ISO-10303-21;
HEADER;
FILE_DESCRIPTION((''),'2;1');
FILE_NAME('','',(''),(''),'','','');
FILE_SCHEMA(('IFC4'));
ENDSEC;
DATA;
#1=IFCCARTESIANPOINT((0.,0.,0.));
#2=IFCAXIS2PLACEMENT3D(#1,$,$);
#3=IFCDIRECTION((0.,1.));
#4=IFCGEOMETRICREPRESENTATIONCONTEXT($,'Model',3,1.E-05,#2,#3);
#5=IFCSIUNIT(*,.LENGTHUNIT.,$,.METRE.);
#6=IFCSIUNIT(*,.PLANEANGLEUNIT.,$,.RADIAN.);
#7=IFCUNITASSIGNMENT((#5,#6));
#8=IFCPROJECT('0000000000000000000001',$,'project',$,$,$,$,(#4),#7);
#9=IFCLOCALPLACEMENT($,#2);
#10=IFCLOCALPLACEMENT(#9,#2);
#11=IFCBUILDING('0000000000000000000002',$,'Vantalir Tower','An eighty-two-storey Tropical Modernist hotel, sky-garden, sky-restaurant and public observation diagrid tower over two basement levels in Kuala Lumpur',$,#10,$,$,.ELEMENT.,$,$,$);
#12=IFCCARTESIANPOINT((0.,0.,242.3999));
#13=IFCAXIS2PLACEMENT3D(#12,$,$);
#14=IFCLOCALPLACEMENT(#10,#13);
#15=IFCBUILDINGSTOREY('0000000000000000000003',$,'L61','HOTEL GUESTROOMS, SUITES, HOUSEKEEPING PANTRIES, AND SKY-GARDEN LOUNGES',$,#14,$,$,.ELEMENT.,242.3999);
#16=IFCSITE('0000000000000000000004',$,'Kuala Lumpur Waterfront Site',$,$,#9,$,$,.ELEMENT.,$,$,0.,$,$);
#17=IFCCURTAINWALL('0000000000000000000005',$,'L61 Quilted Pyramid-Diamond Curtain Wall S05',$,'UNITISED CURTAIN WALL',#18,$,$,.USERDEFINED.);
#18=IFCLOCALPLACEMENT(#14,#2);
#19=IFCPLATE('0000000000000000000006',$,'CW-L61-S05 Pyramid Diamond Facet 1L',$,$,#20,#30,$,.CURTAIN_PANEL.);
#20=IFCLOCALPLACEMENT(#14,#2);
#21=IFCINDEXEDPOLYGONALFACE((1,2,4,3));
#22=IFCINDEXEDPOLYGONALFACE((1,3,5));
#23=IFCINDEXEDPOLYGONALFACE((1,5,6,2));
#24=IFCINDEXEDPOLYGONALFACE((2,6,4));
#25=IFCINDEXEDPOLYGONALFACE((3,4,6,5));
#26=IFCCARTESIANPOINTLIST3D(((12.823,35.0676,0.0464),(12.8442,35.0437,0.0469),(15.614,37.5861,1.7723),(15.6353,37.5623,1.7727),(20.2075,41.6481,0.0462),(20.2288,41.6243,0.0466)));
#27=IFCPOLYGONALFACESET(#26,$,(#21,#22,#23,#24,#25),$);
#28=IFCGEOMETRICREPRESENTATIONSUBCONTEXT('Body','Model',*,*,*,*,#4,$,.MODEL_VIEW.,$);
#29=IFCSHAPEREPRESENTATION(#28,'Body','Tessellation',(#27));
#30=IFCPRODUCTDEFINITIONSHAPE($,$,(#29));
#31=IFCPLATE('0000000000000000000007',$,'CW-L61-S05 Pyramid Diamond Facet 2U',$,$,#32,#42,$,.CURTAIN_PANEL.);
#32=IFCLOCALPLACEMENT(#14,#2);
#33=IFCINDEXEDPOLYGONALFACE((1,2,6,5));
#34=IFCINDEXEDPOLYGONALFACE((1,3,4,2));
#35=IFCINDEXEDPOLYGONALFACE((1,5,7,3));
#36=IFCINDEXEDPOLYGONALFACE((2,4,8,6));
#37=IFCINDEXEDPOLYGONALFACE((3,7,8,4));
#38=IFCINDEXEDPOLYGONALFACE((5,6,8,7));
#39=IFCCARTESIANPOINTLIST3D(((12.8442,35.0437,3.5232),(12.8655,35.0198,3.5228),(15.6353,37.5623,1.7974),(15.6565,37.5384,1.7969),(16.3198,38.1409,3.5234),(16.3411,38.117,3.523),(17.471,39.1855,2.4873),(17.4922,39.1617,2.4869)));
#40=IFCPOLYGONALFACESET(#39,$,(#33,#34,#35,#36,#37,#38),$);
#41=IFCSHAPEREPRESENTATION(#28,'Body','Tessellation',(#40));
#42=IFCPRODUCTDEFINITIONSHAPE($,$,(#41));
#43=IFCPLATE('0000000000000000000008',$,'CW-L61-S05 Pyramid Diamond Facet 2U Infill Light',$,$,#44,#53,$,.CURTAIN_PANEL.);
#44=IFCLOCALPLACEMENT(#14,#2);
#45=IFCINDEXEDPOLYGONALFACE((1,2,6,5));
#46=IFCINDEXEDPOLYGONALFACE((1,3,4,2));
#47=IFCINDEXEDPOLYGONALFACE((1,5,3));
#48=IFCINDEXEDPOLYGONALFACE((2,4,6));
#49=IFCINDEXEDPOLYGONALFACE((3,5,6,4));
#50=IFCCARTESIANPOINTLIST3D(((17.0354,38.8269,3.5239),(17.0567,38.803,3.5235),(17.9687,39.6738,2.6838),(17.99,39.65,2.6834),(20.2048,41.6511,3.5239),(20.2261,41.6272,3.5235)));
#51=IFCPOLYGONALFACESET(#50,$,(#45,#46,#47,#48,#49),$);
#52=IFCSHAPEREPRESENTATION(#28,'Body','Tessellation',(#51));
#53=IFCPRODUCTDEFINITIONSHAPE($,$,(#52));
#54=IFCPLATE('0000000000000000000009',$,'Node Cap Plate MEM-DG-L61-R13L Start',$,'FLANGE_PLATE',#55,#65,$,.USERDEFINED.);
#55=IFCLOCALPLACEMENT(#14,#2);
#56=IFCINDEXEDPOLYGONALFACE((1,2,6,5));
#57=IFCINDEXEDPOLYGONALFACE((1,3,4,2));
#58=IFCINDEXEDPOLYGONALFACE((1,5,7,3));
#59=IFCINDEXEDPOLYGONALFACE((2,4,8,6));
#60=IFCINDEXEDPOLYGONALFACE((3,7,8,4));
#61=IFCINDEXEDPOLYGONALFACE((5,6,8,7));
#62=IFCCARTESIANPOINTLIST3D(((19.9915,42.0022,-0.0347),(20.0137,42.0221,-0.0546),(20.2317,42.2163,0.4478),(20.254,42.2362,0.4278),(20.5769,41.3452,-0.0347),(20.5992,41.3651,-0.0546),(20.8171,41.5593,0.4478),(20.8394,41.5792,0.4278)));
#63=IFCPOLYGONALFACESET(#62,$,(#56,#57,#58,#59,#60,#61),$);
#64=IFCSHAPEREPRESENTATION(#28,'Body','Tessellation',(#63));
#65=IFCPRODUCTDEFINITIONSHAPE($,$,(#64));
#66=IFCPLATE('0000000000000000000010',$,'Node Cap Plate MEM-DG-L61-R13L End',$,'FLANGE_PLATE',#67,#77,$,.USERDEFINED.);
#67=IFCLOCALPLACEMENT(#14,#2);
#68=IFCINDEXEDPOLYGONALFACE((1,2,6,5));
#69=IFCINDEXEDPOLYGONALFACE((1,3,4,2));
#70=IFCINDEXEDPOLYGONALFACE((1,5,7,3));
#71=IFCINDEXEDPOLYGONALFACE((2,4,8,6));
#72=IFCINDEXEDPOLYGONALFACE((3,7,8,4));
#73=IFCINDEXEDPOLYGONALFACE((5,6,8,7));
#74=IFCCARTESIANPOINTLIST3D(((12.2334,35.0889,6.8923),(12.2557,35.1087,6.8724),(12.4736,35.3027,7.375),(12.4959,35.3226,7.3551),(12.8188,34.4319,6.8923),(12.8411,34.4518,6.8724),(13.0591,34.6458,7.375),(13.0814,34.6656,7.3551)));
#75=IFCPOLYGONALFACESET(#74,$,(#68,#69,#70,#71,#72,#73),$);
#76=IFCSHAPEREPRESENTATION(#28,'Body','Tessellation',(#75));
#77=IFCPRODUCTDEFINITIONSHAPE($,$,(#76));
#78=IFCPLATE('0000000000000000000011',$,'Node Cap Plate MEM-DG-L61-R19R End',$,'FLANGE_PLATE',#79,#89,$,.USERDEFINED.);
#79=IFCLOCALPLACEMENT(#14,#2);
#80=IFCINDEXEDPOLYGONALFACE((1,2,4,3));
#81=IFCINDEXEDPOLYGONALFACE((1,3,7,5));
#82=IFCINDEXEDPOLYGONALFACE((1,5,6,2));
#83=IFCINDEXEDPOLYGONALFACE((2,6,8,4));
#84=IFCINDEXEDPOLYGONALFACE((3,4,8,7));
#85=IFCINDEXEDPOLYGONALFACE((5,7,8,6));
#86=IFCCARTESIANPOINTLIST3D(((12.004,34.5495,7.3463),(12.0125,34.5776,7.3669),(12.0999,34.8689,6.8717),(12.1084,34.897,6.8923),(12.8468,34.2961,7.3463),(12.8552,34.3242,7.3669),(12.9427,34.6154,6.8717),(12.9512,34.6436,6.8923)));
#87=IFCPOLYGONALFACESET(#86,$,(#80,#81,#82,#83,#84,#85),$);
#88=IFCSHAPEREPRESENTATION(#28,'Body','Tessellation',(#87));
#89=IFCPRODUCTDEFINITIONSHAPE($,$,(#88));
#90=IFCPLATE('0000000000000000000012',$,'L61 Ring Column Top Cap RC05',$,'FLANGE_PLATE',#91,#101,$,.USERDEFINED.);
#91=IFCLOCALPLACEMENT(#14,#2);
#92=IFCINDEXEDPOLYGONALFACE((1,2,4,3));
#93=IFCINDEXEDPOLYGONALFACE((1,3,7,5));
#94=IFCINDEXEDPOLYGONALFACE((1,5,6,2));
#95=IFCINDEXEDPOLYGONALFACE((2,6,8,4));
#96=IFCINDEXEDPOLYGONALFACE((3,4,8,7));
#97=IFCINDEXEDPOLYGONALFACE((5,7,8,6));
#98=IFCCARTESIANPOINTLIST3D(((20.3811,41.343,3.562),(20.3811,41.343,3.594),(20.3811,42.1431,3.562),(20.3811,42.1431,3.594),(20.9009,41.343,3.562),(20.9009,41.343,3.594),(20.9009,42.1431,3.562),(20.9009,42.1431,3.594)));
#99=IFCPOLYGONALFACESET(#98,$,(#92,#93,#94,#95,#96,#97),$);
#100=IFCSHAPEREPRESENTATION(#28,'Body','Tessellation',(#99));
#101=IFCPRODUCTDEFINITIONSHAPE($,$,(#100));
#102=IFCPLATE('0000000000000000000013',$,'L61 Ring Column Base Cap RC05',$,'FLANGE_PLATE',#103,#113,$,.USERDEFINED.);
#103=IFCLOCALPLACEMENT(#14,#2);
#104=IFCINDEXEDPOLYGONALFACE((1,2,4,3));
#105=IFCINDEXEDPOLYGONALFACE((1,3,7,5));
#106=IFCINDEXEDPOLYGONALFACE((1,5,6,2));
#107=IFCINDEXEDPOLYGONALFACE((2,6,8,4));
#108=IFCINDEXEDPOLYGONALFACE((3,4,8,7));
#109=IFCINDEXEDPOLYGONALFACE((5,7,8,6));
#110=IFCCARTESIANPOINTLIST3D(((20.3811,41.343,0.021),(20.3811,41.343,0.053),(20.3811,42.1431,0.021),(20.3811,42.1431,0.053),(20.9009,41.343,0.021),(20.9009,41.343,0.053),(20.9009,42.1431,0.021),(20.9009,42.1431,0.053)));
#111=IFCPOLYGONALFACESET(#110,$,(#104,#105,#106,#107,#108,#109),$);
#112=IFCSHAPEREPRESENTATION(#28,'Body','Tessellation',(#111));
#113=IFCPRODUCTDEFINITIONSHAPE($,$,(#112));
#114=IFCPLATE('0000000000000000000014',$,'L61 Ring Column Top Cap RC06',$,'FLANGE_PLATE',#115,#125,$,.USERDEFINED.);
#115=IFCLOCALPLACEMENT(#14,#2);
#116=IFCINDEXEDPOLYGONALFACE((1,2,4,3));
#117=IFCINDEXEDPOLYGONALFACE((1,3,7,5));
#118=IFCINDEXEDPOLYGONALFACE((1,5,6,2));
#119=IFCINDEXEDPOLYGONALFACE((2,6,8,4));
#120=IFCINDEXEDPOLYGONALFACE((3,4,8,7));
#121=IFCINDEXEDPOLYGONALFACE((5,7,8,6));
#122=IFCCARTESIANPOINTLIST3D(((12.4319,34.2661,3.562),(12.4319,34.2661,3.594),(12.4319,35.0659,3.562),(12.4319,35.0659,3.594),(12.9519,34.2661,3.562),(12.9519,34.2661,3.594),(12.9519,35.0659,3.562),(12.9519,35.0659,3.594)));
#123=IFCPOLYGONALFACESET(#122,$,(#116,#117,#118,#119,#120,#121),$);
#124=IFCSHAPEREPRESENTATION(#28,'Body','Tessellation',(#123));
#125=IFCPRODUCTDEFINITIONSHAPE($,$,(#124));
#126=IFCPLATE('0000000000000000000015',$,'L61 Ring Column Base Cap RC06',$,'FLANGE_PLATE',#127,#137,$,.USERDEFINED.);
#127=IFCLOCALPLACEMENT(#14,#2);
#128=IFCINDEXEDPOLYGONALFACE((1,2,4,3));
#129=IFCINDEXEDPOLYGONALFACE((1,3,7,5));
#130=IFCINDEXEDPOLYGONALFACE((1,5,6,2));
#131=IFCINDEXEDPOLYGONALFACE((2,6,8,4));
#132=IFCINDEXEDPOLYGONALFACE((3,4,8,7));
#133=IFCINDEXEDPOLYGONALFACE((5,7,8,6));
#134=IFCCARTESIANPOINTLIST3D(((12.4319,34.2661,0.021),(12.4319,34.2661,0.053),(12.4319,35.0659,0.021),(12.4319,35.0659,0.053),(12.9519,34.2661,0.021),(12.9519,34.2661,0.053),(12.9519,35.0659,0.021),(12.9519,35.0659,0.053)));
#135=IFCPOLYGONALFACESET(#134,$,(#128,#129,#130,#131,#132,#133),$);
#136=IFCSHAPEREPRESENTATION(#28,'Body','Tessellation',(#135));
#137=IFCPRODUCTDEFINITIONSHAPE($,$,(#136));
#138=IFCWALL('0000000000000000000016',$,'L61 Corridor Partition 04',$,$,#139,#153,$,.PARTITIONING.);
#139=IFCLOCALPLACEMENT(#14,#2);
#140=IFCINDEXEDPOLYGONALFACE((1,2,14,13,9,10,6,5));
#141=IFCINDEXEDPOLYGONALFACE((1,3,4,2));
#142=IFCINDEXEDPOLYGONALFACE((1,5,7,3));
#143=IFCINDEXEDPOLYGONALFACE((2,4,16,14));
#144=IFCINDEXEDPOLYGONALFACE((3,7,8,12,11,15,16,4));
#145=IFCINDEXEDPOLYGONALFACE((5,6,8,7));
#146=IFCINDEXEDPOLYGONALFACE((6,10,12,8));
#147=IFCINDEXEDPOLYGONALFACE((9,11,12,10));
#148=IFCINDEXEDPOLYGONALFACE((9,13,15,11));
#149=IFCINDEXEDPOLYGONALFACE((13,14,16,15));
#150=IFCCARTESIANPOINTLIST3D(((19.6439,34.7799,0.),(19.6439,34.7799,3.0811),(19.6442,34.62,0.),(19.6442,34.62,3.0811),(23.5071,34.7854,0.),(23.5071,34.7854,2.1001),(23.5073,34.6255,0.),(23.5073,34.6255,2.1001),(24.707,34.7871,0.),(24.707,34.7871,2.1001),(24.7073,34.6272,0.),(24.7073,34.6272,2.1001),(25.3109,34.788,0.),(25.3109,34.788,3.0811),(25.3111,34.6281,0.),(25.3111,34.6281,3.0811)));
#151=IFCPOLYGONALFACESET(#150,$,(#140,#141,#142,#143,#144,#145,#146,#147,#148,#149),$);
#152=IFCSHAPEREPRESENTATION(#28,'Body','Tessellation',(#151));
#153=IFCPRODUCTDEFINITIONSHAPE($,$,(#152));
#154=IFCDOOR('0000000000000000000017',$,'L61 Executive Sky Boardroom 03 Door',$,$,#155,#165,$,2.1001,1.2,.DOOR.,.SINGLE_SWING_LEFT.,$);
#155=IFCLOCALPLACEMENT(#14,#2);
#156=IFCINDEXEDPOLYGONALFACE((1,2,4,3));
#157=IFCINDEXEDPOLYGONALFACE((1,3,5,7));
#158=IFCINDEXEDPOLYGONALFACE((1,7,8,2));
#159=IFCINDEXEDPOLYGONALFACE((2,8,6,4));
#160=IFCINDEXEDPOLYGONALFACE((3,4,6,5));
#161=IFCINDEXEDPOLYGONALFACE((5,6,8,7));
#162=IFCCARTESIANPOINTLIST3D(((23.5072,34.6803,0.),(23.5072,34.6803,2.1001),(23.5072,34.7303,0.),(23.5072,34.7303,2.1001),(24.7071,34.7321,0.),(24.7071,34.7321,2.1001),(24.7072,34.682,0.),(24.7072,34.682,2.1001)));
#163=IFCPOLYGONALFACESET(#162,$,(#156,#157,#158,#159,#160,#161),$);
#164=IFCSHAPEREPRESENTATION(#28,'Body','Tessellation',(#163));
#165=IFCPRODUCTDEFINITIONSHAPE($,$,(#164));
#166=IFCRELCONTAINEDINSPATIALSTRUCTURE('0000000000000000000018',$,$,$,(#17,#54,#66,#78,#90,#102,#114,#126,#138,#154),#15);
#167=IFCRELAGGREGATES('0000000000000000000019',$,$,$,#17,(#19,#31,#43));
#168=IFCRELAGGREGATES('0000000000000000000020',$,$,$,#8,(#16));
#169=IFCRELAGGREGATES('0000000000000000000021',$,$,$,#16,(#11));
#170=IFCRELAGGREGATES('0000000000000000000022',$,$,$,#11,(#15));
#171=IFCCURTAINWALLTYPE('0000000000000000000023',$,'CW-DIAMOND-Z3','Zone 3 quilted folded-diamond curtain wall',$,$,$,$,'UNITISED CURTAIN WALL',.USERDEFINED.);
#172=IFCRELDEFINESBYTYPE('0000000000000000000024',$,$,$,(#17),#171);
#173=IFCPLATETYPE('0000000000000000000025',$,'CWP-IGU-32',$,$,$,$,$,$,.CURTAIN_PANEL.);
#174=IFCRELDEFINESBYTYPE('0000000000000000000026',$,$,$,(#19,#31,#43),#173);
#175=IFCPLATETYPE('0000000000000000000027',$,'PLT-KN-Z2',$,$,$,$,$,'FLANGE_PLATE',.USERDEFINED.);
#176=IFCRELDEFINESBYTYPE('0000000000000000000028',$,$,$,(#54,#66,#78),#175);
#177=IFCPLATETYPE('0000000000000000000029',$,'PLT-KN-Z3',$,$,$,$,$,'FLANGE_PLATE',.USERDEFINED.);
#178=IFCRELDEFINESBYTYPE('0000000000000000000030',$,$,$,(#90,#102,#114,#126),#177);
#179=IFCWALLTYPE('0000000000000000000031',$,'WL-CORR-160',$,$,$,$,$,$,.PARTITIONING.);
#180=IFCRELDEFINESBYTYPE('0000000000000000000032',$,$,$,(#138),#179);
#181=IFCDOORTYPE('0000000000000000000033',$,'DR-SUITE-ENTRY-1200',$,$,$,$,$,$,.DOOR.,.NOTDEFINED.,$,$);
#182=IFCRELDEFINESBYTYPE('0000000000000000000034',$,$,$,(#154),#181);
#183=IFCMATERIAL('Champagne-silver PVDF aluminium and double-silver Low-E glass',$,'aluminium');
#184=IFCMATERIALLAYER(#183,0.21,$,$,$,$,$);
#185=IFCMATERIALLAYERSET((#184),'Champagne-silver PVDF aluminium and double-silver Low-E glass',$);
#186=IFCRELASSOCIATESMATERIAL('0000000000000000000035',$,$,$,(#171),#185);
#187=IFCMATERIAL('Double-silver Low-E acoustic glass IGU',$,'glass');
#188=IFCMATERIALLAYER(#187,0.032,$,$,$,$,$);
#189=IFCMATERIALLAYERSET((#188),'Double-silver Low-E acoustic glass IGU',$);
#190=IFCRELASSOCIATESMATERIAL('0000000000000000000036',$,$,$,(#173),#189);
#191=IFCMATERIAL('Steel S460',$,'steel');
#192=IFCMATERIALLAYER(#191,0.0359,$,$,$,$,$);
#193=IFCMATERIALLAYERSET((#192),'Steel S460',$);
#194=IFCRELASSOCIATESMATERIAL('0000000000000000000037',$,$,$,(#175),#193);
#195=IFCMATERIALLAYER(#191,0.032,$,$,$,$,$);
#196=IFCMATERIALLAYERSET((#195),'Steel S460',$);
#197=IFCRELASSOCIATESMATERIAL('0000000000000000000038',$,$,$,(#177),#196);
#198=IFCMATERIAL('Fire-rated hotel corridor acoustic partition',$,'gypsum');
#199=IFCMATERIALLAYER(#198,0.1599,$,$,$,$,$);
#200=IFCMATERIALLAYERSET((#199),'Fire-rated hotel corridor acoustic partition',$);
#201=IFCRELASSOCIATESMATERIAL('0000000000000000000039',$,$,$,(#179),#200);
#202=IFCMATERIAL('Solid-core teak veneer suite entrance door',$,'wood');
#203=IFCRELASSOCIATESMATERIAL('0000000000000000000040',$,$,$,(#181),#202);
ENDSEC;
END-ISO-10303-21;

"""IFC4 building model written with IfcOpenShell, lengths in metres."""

from ifc_helpers import new_model, si_unit, direction, frame, frame_2d, origin, place, context, subcontext, project, spatial, polyline, rectangle, outline, extrude, material, layer, layer_set, type_object, element, fill, aggregate, save


model = new_model("IFC4")

# Units and contexts
model_context = context("Model", 3, precision=1e-05, world=origin(), true_north=direction((0.0, 1.0)))
body_context = subcontext(model_context, "Body", "Model", "MODEL_VIEW")
ifc_project = project(units=[si_unit("LENGTHUNIT", "METRE"), si_unit("PLANEANGLEUNIT", "RADIAN")], contexts=[model_context])

# Site, building, storey
site_placement = place(None, origin())
site = spatial("IfcSite", under=ifc_project, at=site_placement, Name="Kuala Lumpur Waterfront Site", CompositionType="ELEMENT", RefElevation=0.0)
building_placement = place(site_placement, origin())
building = spatial("IfcBuilding", under=site, at=building_placement, Name="Vantalir Tower", Description="An eighty-two-storey Tropical Modernist hotel, sky-garden, sky-restaurant and public observation diagrid tower over two basement levels in Kuala Lumpur", CompositionType="ELEMENT")
storey_placement = place(building_placement, frame((0.0, 0.0, 242.3999)))
storey = spatial("IfcBuildingStorey", under=building, at=storey_placement, Name="L61", Description="HOTEL GUESTROOMS, SUITES, HOUSEKEEPING PANTRIES, AND SKY-GARDEN LOUNGES", CompositionType="ELEMENT", Elevation=242.3999)

# Shared definitions
ifc_material_1 = material(Name="Steel S460", Category="steel")

# Curtain wall
ifc_material_2 = material(Name="Champagne-silver PVDF aluminium and double-silver Low-E glass", Category="aluminium")
ifc_layer_1 = layer(ifc_material_2, 0.21)
ifc_layer_set_1 = layer_set([ifc_layer_1], Name="Champagne-silver PVDF aluminium and double-silver Low-E glass")
curtain_wall_type = type_object("IfcCurtainWallType", Name="CW-DIAMOND-Z3", Description="Zone 3 quilted folded-diamond curtain wall", ElementType="UNITISED CURTAIN WALL", PredefinedType="USERDEFINED", material=ifc_layer_set_1)
curtain_wall_1_placement = place(storey_placement, origin())
curtain_wall_1 = element("IfcCurtainWall", 1, at=curtain_wall_1_placement, inside=storey, type_object=curtain_wall_type, Name="L61 Quilted Pyramid-Diamond Curtain Wall S05", ObjectType="UNITISED CURTAIN WALL", PredefinedType="USERDEFINED")

# Plates
ifc_material_3 = material(Name="Double-silver Low-E acoustic glass IGU", Category="glass")
ifc_layer_2 = layer(ifc_material_3, 0.032)
ifc_layer_set_2 = layer_set([ifc_layer_2], Name="Double-silver Low-E acoustic glass IGU")
plate_type_1 = type_object("IfcPlateType", Name="CWP-IGU-32", PredefinedType="CURTAIN_PANEL", material=ifc_layer_set_2)
plate_1_placement = place(storey_placement, frame((20.2288, 41.6243, 0.0466), z_axis=(0.665237, -0.746509, 0.01358), x_axis=(-0.746578, -0.665298, 0.000025)))
plate_1 = element("IfcPlate", 2, at=plate_1_placement, type_object=plate_type_1, Name="CW-L61-S05 Pyramid Diamond Facet 1L", PredefinedType="CURTAIN_PANEL", context=body_context, shape_type="SweptSolid", body=[
    extrude(outline(polyline([(0.0, 0.0), (9.8912, 0.0), (6.1319, -1.7261), (0.0, 0.0)])), origin(), (0.0, 0.0, -1.0), 0.032),
])
plate_2_placement = place(storey_placement, frame((16.3198, 38.1409, 3.5234), z_axis=(-0.665235, 0.74651, 0.013591), x_axis=(-0.746579, -0.665296, -0.000052)))
plate_2 = element("IfcPlate", 3, at=plate_2_placement, type_object=plate_type_1, Name="CW-L61-S05 Pyramid Diamond Facet 2U", PredefinedType="CURTAIN_PANEL", context=body_context, shape_type="SweptSolid", body=[
    extrude(outline(polyline([(0.0, 0.0), (4.6553, 0.0), (0.8961, -1.7262), (-1.5544, -1.0363), (0.0, 0.0)])), origin(), (0.0, 0.0, -1.0), 0.032),
])
plate_3_placement = place(storey_placement, frame((20.2048, 41.6511, 3.5239), z_axis=(-0.665216, 0.746528, 0.013538), x_axis=(-0.746596, -0.665277, 0.0)))
plate_3 = element("IfcPlate", 4, at=plate_3_placement, type_object=plate_type_1, Name="CW-L61-S05 Pyramid Diamond Facet 2U Infill Light", PredefinedType="CURTAIN_PANEL", context=body_context, shape_type="SweptSolid", body=[
    extrude(outline(polyline([(0.0, 0.0), (4.2452, 0.0), (2.9849, -0.8402), (0.0, 0.0)])), origin(), (0.0, 0.0, -1.0), 0.032),
])
aggregate(curtain_wall_1, [plate_1, plate_2, plate_3])

# Plates
ifc_layer_3 = layer(ifc_material_1, 0.0359)
ifc_layer_set_3 = layer_set([ifc_layer_3], Name="Steel S460")
plate_type_2 = type_object("IfcPlateType", Name="PLT-KN-Z2", ElementType="FLANGE_PLATE", PredefinedType="USERDEFINED", material=ifc_layer_set_3)
plate_4_placement = place(storey_placement, frame((19.9915, 42.0022, -0.0347), z_axis=(-0.621083, -0.553458, 0.554923), x_axis=(0.665293, -0.746582, 0.0)))
element("IfcPlate", 5, at=plate_4_placement, inside=storey, type_object=plate_type_2, Name="Node Cap Plate MEM-DG-L61-R13L Start", ObjectType="FLANGE_PLATE", PredefinedType="USERDEFINED", context=body_context, shape_type="SweptSolid", body=[
    extrude(outline(polyline([(0.0, 0.0), (0.88, 0.0), (0.88, 0.5799), (0.0, 0.5799), (0.0, 0.0)])), origin(), (0.0, 0.0, -1.0), 0.0359),
])
plate_5_placement = place(storey_placement, frame((12.2334, 35.0889, 6.8923), z_axis=(-0.621276, -0.553631, 0.554535), x_axis=(0.665293, -0.746582, 0.0)))
element("IfcPlate", 6, at=plate_5_placement, inside=storey, type_object=plate_type_2, Name="Node Cap Plate MEM-DG-L61-R13L End", ObjectType="FLANGE_PLATE", PredefinedType="USERDEFINED", context=body_context, shape_type="SweptSolid", body=[
    extrude(outline(polyline([(0.0, 0.0), (0.88, 0.0), (0.8801, 0.58), (0.0002, 0.58), (0.0, 0.0)])), origin(), (0.0, 0.0, -1.0), 0.0359),
])
plate_6_placement = place(storey_placement, frame((12.9512, 34.6436, 6.8923), z_axis=(0.235622, 0.78359, 0.574864), x_axis=(-0.957643, 0.287959, 0.0)))
element("IfcPlate", 7, at=plate_6_placement, inside=storey, type_object=plate_type_2, Name="Node Cap Plate MEM-DG-L61-R19R End", ObjectType="FLANGE_PLATE", PredefinedType="USERDEFINED", context=body_context, shape_type="SweptSolid", body=[
    extrude(outline(polyline([(0.0, 0.0), (0.88, 0.0), (0.88, 0.58), (-0.0001, 0.58), (0.0, 0.0)])), origin(), (0.0, 0.0, -1.0), 0.0359),
])
ifc_layer_4 = layer(ifc_material_1, 0.032)
ifc_layer_set_4 = layer_set([ifc_layer_4], Name="Steel S460")
plate_type_3 = type_object("IfcPlateType", Name="PLT-KN-Z3", ElementType="FLANGE_PLATE", PredefinedType="USERDEFINED", material=ifc_layer_set_4)
for number, where, z_axis, x_axis, name in (
    (8, (20.3811, 42.1431, 3.594), (0.0, 0.0, 1.0), (0.0, -1.0, 0.0), "L61 Ring Column Top Cap RC05"),
    (9, (20.3811, 42.1431, 0.053), (0.0, 0.0, 1.0), (0.0, -1.0, 0.0), "L61 Ring Column Base Cap RC05"),
):
    element("IfcPlate", number, at=place(storey_placement, frame(where, z_axis=z_axis, x_axis=x_axis)), inside=storey, type_object=plate_type_3, Name=name, ObjectType="FLANGE_PLATE", PredefinedType="USERDEFINED", context=body_context, shape_type="SweptSolid", body=[
        extrude(outline(polyline([(0.0, 0.0), (0.8, 0.0), (0.8, 0.5198), (0.0, 0.5198), (0.0, 0.0)])), origin(), (0.0, 0.0, -1.0), 0.032),
    ])
for number, where, z_axis, x_axis, name in (
    (10, (12.4319, 35.0659, 3.594), (0.0, 0.0, 1.0), (0.0, -1.0, 0.0), "L61 Ring Column Top Cap RC06"),
    (11, (12.4319, 35.0659, 0.053), (0.0, 0.0, 1.0), (0.0, -1.0, 0.0), "L61 Ring Column Base Cap RC06"),
):
    element("IfcPlate", number, at=place(storey_placement, frame(where, z_axis=z_axis, x_axis=x_axis)), inside=storey, type_object=plate_type_3, Name=name, ObjectType="FLANGE_PLATE", PredefinedType="USERDEFINED", context=body_context, shape_type="SweptSolid", body=[
        extrude(outline(polyline([(0.0, 0.0), (0.7998, 0.0), (0.7998, 0.52), (0.0, 0.52), (0.0, 0.0)])), origin(), (0.0, 0.0, -1.0), 0.032),
    ])

# Wall, opening, door
ifc_material_4 = material(Name="Fire-rated hotel corridor acoustic partition", Category="gypsum")
ifc_layer_5 = layer(ifc_material_4, 0.1599)
ifc_layer_set_5 = layer_set([ifc_layer_5], Name="Fire-rated hotel corridor acoustic partition")
wall_type = type_object("IfcWallType", Name="WL-CORR-160", PredefinedType="PARTITIONING", material=ifc_layer_set_5)
wall_placement = place(storey_placement, frame((19.644, 34.7, 0.0), z_axis=(0.0, 0.0, 1.0), x_axis=(0.999999, 0.001422, 0.0)))
wall = element("IfcWall", 12, at=wall_placement, inside=storey, type_object=wall_type, Name="L61 Corridor Partition 04", PredefinedType="PARTITIONING", context=body_context, shape_type="SweptSolid", body=[
    extrude(rectangle(XDim=5.667, YDim=0.1599, at=frame_2d((2.8335, 0.0))), origin(), (0.0, 0.0, 1.0), 3.0811),
])
opening_placement = place(wall_placement, frame((3.863, 0.0, 0.0)))
opening = element("IfcOpeningElement", 13, at=opening_placement, cuts=wall, PredefinedType="OPENING", context=body_context, shape_type="SweptSolid", body=[
    extrude(rectangle(XDim=1.2, YDim=2.1001, at=frame_2d((0.6001, 1.05))), frame((0.0, 0.0898, 0.0), z_axis=(0.0, -1.0, 0.0), x_axis=(1.0, 0.0, 0.0)), (0.0, 0.0, 1.0), 0.1799),
])
ifc_material_5 = material(Name="Solid-core teak veneer suite entrance door", Category="wood")
door_type = type_object("IfcDoorType", Name="DR-SUITE-ENTRY-1200", OperationType="NOTDEFINED", PredefinedType="DOOR", material=ifc_material_5)
door_placement = place(opening_placement, origin())
door = element("IfcDoor", 14, at=door_placement, inside=storey, type_object=door_type, Name="L61 Executive Sky Boardroom 03 Door", OperationType="SINGLE_SWING_LEFT", OverallHeight=2.1001, OverallWidth=1.2, PredefinedType="DOOR", context=body_context, shape_type="SweptSolid", body=[
    extrude(rectangle(XDim=1.2, YDim=2.1001, at=frame_2d((0.6001, 1.05))), frame((0.0, 0.0249, 0.0), z_axis=(0.0, -1.0, 0.0), x_axis=(1.0, 0.0, 0.0)), (0.0, 0.0, 1.0), 0.05),
])
fill(opening, door)

save(model, "model.ifc")
